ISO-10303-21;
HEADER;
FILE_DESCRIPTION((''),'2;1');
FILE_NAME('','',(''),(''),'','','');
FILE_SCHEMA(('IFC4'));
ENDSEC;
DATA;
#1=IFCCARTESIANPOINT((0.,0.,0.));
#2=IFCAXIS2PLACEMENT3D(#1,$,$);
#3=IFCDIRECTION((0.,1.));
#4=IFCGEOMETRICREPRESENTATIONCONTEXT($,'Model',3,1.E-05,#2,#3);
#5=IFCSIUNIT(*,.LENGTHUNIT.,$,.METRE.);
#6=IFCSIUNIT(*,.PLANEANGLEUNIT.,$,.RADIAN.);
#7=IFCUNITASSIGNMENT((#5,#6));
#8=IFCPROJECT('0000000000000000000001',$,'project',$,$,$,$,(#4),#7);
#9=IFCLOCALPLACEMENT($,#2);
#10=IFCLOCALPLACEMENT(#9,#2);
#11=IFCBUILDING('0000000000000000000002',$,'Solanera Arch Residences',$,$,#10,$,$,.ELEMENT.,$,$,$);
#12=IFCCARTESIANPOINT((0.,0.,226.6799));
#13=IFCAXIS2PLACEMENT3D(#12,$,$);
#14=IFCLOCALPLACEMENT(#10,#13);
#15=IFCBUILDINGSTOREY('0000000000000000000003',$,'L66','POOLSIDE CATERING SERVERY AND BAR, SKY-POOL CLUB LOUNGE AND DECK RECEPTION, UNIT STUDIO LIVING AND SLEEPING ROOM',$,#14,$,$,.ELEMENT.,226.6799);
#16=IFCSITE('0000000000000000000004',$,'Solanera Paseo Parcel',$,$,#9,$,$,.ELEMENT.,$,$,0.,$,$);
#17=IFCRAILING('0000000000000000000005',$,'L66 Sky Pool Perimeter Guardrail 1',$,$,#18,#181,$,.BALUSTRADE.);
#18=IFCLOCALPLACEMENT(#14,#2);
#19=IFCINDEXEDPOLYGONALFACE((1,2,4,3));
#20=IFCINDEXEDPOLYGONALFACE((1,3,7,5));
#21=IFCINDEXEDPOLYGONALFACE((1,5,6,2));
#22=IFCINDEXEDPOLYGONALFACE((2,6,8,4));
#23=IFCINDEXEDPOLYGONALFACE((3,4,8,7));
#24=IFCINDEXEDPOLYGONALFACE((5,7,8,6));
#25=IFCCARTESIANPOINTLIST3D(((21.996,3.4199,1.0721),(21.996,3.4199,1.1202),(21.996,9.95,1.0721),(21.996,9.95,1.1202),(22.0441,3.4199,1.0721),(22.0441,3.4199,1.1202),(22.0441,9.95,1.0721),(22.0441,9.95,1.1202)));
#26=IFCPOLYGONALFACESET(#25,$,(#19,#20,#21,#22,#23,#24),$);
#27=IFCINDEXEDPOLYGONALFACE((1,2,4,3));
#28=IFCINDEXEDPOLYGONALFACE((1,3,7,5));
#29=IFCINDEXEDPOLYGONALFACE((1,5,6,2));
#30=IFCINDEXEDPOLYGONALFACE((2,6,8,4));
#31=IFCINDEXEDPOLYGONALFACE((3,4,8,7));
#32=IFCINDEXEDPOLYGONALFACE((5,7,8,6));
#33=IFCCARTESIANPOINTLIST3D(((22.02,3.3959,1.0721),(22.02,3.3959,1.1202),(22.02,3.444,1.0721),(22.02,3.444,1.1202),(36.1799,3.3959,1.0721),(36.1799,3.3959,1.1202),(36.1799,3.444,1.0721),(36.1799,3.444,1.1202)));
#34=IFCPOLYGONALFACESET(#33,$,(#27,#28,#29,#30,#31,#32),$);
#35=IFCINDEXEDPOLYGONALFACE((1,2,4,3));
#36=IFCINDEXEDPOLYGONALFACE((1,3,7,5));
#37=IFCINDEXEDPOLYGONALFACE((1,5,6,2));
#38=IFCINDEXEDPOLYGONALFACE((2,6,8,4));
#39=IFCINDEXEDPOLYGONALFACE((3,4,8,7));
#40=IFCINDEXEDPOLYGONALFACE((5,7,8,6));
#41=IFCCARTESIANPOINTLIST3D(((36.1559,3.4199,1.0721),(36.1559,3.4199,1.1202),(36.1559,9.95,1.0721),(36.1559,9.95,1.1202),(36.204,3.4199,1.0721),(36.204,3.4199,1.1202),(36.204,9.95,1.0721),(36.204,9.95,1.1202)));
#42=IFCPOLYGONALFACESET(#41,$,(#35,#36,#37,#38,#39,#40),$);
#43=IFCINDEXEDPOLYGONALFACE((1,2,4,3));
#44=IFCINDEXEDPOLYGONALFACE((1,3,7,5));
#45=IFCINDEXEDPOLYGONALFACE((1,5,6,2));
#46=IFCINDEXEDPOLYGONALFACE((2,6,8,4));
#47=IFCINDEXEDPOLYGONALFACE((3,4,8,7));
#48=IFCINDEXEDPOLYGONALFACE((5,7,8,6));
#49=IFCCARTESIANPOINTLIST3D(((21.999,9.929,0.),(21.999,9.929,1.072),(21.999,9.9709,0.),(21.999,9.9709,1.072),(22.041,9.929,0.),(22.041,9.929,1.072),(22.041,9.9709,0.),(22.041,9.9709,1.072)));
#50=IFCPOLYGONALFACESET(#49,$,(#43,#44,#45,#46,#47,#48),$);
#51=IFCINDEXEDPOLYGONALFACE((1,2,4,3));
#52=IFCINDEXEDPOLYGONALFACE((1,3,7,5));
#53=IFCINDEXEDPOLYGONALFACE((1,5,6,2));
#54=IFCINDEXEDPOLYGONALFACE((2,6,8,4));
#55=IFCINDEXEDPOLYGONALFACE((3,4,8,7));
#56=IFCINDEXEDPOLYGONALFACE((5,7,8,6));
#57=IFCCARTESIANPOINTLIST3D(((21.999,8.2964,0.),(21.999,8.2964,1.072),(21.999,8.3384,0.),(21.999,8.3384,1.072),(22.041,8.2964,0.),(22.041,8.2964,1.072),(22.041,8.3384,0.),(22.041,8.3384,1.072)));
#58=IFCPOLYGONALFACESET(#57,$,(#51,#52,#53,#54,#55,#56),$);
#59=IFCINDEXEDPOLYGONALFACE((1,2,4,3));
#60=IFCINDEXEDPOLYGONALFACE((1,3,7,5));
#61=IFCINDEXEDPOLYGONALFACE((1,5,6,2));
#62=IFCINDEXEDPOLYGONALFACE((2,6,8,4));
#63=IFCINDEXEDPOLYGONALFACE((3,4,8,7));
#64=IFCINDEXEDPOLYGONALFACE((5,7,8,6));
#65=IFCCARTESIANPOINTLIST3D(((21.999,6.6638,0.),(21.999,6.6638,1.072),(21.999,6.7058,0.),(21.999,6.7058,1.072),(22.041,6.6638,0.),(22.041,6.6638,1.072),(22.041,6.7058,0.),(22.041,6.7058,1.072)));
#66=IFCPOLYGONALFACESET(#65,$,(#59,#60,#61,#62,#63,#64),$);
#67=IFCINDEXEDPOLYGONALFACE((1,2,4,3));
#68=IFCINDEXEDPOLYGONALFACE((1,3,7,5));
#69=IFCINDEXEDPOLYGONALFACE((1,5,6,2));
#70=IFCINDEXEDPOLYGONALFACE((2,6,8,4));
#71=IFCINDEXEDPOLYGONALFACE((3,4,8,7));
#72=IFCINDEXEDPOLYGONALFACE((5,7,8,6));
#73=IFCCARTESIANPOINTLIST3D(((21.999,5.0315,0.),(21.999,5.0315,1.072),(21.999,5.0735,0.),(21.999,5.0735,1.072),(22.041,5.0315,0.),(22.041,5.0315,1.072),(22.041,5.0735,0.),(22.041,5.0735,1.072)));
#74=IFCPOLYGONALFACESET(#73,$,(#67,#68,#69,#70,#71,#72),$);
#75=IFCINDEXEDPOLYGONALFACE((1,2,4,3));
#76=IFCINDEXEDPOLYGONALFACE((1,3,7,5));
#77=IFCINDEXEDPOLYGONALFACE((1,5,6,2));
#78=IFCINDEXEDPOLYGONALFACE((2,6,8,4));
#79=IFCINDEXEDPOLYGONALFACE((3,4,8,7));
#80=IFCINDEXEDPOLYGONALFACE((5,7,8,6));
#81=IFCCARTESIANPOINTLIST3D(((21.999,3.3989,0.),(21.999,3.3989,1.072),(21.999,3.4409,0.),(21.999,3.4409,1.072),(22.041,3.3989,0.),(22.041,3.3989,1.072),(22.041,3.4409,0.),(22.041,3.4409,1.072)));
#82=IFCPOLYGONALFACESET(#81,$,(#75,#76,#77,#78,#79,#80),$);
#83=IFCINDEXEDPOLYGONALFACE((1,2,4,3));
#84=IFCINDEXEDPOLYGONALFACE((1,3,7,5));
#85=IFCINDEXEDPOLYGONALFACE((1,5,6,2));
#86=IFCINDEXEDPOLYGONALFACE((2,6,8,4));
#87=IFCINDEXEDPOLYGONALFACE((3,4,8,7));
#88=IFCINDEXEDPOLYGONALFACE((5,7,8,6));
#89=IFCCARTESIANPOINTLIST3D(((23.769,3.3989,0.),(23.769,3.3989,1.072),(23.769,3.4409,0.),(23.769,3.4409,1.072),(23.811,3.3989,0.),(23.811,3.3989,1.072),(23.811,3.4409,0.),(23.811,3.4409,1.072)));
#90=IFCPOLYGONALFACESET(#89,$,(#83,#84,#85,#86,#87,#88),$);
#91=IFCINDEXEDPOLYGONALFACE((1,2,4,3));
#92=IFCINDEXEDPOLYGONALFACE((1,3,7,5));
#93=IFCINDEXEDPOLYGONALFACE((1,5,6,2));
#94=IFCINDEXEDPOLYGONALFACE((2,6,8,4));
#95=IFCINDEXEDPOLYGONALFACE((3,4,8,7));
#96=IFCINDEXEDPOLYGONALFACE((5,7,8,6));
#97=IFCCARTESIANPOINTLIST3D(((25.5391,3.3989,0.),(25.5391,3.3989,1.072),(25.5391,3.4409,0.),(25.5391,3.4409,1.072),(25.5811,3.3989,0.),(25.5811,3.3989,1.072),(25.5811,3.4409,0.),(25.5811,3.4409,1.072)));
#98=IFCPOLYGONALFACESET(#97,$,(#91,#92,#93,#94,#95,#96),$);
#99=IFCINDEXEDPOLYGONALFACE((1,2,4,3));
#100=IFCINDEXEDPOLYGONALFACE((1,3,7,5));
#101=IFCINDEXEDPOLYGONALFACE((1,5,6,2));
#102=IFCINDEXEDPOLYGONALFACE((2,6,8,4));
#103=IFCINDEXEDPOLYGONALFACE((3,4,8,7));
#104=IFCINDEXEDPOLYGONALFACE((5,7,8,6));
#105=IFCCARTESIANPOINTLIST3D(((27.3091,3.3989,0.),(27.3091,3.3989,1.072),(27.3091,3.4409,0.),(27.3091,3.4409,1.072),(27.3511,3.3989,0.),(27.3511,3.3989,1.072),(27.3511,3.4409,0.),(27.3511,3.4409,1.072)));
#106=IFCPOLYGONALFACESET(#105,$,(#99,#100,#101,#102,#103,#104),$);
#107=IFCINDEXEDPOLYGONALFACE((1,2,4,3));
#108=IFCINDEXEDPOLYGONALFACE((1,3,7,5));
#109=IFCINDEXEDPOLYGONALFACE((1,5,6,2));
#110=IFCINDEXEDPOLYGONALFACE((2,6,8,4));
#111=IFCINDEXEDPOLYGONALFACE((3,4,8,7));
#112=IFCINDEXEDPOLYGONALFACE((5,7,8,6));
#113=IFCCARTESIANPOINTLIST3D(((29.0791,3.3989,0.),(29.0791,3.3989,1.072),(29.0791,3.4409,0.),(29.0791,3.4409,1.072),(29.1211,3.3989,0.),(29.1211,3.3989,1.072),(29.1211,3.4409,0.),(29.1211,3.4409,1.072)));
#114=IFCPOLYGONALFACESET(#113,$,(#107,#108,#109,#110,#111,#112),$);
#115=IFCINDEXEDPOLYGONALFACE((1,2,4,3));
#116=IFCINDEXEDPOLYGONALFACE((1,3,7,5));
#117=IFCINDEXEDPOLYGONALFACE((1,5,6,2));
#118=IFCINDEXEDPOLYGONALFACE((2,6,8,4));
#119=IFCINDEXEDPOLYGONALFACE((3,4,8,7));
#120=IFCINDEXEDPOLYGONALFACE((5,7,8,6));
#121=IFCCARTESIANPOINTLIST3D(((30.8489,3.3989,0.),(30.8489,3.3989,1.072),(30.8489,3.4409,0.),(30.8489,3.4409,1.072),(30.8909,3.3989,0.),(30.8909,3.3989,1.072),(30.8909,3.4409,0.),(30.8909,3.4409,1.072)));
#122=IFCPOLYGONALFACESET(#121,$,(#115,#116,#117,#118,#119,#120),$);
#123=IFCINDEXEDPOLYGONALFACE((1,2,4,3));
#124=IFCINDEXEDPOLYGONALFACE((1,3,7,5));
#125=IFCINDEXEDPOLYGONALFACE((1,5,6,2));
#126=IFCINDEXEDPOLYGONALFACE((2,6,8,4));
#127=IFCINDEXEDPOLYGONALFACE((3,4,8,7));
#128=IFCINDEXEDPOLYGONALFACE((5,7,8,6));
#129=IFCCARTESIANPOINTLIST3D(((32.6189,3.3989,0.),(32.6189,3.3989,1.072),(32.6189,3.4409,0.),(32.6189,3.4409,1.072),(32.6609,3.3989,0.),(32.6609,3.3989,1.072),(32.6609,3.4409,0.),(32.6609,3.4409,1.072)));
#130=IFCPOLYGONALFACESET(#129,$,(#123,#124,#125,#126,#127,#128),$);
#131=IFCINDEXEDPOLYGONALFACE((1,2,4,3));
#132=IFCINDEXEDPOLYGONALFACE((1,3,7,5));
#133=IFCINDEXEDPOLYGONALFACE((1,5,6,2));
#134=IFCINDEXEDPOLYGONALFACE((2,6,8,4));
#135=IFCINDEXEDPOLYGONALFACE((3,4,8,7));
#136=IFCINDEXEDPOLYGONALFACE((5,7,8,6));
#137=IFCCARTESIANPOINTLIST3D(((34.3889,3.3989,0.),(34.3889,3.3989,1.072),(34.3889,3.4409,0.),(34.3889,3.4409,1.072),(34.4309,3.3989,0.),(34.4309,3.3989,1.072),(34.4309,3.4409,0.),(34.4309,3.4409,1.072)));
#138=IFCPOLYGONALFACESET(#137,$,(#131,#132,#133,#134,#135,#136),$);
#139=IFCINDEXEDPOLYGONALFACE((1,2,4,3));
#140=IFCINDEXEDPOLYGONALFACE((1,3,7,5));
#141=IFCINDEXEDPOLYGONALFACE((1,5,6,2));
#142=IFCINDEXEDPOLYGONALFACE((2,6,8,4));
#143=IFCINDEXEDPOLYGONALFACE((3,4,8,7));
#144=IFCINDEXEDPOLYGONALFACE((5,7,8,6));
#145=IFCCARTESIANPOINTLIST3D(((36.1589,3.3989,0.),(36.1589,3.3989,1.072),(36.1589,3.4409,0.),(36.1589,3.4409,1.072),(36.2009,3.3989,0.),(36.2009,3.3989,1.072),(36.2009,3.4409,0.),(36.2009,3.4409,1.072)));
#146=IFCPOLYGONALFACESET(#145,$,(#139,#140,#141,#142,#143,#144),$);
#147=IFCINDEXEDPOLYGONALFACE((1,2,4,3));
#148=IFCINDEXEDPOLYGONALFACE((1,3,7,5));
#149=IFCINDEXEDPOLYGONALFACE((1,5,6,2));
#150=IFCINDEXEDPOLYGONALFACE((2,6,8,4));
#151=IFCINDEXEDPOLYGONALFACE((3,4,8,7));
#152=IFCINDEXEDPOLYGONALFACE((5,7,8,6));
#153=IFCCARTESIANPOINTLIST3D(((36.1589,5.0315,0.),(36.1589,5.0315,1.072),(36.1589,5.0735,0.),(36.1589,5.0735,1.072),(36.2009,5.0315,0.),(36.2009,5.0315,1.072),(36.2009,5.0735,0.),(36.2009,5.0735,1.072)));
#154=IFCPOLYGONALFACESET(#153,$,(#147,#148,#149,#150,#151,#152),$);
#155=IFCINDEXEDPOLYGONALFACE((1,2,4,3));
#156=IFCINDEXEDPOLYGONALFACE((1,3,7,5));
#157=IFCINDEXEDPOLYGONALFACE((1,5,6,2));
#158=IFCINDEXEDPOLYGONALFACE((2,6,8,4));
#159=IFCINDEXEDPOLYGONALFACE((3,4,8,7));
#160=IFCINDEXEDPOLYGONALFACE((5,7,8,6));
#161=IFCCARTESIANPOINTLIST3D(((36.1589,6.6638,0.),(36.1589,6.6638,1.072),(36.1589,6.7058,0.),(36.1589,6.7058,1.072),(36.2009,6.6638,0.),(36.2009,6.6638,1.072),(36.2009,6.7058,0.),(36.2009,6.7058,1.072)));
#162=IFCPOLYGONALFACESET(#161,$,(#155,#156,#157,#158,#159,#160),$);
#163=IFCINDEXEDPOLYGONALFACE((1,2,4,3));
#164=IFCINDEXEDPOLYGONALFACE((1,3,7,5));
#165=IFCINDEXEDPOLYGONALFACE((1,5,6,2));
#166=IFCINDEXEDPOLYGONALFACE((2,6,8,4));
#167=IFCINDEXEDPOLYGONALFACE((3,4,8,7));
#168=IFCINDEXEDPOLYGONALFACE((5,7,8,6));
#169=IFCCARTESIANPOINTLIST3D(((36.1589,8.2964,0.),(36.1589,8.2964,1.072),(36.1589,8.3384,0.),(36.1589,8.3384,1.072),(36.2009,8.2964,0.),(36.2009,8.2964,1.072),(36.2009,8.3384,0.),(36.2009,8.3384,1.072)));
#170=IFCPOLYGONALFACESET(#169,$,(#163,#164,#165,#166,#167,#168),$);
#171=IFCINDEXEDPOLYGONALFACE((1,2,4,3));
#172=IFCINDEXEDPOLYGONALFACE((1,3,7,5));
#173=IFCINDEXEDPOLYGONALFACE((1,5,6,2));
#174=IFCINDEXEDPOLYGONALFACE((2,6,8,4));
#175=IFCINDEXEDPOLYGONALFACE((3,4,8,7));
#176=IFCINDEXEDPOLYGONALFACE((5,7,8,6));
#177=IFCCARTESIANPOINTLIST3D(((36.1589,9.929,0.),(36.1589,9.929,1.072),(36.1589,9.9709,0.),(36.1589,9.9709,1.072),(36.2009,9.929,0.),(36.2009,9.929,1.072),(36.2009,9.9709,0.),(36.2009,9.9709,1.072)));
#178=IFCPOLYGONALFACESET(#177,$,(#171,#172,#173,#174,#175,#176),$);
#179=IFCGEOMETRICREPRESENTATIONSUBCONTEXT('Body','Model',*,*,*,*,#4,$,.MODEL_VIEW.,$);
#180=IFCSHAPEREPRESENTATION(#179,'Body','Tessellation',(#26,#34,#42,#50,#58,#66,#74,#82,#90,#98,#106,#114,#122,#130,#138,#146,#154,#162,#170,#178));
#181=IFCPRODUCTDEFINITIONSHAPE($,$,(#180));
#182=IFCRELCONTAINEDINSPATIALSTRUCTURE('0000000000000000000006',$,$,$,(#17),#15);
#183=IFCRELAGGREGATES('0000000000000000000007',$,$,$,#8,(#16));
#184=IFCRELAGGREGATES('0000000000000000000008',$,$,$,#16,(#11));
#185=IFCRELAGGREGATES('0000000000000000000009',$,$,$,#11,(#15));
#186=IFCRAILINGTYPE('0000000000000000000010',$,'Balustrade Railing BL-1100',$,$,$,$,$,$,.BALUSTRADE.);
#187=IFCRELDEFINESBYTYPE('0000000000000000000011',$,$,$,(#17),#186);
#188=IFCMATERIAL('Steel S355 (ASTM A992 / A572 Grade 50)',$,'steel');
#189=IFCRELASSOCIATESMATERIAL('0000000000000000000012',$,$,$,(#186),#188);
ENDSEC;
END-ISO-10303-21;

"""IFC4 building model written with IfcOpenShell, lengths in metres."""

from ifc_helpers import new_model, si_unit, direction, frame, origin, origin_2d, place, context, subcontext, project, spatial, rectangle, extrude, material, type_object, element, save


model = new_model("IFC4")

# Units and contexts
model_context = context("Model", 3, precision=1e-05, world=origin(), true_north=direction((0.0, 1.0)))
body_context = subcontext(model_context, "Body", "Model", "MODEL_VIEW")
ifc_project = project(units=[si_unit("LENGTHUNIT", "METRE"), si_unit("PLANEANGLEUNIT", "RADIAN")], contexts=[model_context])

# Site, building, storey
site_placement = place(None, origin())
site = spatial("IfcSite", under=ifc_project, at=site_placement, Name="Solanera Paseo Parcel", CompositionType="ELEMENT", RefElevation=0.0)
building_placement = place(site_placement, origin())
building = spatial("IfcBuilding", under=site, at=building_placement, Name="Solanera Arch Residences", CompositionType="ELEMENT")
storey_placement = place(building_placement, frame((0.0, 0.0, 226.6799)))
storey = spatial("IfcBuildingStorey", under=building, at=storey_placement, Name="L66", Description="POOLSIDE CATERING SERVERY AND BAR, SKY-POOL CLUB LOUNGE AND DECK RECEPTION, UNIT STUDIO LIVING AND SLEEPING ROOM", CompositionType="ELEMENT", Elevation=226.6799)

# Railing
ifc_material_1 = material(Name="Steel S355 (ASTM A992 / A572 Grade 50)", Category="steel")
railing_type = type_object("IfcRailingType", Name="Balustrade Railing BL-1100", PredefinedType="BALUSTRADE", material=ifc_material_1)
railing_placement = place(storey_placement, frame((22.02, 9.95, 0.0)))
element("IfcRailing", 1, at=railing_placement, inside=storey, type_object=railing_type, Name="L66 Sky Pool Perimeter Guardrail 1", PredefinedType="BALUSTRADE", context=body_context, shape_type="SweptSolid", body=[
    extrude(rectangle(XDim=0.0481, YDim=0.0481, at=origin_2d()), frame((0.0, 0.0, 1.0962), z_axis=(0.0, -1.0, 0.0), x_axis=(1.0, 0.0, 0.0)), (0.0, 0.0, 1.0), 6.53),
    extrude(rectangle(XDim=0.0481, YDim=0.0481, at=origin_2d()), frame((0.0, -6.53, 1.0962), z_axis=(1.0, 0.0, 0.0), x_axis=(0.0, 1.0, 0.0)), (0.0, 0.0, 1.0), 14.1599),
    extrude(rectangle(XDim=0.0481, YDim=0.0481, at=origin_2d()), frame((14.1599, -6.53, 1.0962), z_axis=(0.0, 1.0, 0.0), x_axis=(-1.0, 0.0, 0.0)), (0.0, 0.0, 1.0), 6.53),
    extrude(rectangle(XDim=0.042, YDim=0.042, at=origin_2d()), origin(), (0.0, 0.0, 1.0), 1.072),
    extrude(rectangle(XDim=0.042, YDim=0.042, at=origin_2d()), frame((0.0, -1.6326, 0.0)), (0.0, 0.0, 1.0), 1.072),
    extrude(rectangle(XDim=0.042, YDim=0.042, at=origin_2d()), frame((0.0, -3.2651, 0.0)), (0.0, 0.0, 1.0), 1.072),
    extrude(rectangle(XDim=0.042, YDim=0.042, at=origin_2d()), frame((0.0, -4.8975, 0.0)), (0.0, 0.0, 1.0), 1.072),
    extrude(rectangle(XDim=0.042, YDim=0.042, at=origin_2d()), frame((0.0, -6.53, 0.0)), (0.0, 0.0, 1.0), 1.072),
    extrude(rectangle(XDim=0.042, YDim=0.042, at=origin_2d()), frame((1.77, -6.53, 0.0)), (0.0, 0.0, 1.0), 1.072),
    extrude(rectangle(XDim=0.042, YDim=0.042, at=origin_2d()), frame((3.54, -6.53, 0.0)), (0.0, 0.0, 1.0), 1.072),
    extrude(rectangle(XDim=0.042, YDim=0.042, at=origin_2d()), frame((5.3101, -6.53, 0.0)), (0.0, 0.0, 1.0), 1.072),
    extrude(rectangle(XDim=0.042, YDim=0.042, at=origin_2d()), frame((7.0801, -6.53, 0.0)), (0.0, 0.0, 1.0), 1.072),
    extrude(rectangle(XDim=0.042, YDim=0.042, at=origin_2d()), frame((8.8499, -6.53, 0.0)), (0.0, 0.0, 1.0), 1.072),
    extrude(rectangle(XDim=0.042, YDim=0.042, at=origin_2d()), frame((10.6199, -6.53, 0.0)), (0.0, 0.0, 1.0), 1.072),
    extrude(rectangle(XDim=0.042, YDim=0.042, at=origin_2d()), frame((12.3899, -6.53, 0.0)), (0.0, 0.0, 1.0), 1.072),
    extrude(rectangle(XDim=0.042, YDim=0.042, at=origin_2d()), frame((14.1599, -6.53, 0.0)), (0.0, 0.0, 1.0), 1.072),
    extrude(rectangle(XDim=0.042, YDim=0.042, at=origin_2d()), frame((14.1599, -4.8975, 0.0)), (0.0, 0.0, 1.0), 1.072),
    extrude(rectangle(XDim=0.042, YDim=0.042, at=origin_2d()), frame((14.1599, -3.2651, 0.0)), (0.0, 0.0, 1.0), 1.072),
    extrude(rectangle(XDim=0.042, YDim=0.042, at=origin_2d()), frame((14.1599, -1.6326, 0.0)), (0.0, 0.0, 1.0), 1.072),
    extrude(rectangle(XDim=0.042, YDim=0.042, at=origin_2d()), frame((14.1599, 0.0, 0.0)), (0.0, 0.0, 1.0), 1.072),
])

save(model, "model.ifc")
